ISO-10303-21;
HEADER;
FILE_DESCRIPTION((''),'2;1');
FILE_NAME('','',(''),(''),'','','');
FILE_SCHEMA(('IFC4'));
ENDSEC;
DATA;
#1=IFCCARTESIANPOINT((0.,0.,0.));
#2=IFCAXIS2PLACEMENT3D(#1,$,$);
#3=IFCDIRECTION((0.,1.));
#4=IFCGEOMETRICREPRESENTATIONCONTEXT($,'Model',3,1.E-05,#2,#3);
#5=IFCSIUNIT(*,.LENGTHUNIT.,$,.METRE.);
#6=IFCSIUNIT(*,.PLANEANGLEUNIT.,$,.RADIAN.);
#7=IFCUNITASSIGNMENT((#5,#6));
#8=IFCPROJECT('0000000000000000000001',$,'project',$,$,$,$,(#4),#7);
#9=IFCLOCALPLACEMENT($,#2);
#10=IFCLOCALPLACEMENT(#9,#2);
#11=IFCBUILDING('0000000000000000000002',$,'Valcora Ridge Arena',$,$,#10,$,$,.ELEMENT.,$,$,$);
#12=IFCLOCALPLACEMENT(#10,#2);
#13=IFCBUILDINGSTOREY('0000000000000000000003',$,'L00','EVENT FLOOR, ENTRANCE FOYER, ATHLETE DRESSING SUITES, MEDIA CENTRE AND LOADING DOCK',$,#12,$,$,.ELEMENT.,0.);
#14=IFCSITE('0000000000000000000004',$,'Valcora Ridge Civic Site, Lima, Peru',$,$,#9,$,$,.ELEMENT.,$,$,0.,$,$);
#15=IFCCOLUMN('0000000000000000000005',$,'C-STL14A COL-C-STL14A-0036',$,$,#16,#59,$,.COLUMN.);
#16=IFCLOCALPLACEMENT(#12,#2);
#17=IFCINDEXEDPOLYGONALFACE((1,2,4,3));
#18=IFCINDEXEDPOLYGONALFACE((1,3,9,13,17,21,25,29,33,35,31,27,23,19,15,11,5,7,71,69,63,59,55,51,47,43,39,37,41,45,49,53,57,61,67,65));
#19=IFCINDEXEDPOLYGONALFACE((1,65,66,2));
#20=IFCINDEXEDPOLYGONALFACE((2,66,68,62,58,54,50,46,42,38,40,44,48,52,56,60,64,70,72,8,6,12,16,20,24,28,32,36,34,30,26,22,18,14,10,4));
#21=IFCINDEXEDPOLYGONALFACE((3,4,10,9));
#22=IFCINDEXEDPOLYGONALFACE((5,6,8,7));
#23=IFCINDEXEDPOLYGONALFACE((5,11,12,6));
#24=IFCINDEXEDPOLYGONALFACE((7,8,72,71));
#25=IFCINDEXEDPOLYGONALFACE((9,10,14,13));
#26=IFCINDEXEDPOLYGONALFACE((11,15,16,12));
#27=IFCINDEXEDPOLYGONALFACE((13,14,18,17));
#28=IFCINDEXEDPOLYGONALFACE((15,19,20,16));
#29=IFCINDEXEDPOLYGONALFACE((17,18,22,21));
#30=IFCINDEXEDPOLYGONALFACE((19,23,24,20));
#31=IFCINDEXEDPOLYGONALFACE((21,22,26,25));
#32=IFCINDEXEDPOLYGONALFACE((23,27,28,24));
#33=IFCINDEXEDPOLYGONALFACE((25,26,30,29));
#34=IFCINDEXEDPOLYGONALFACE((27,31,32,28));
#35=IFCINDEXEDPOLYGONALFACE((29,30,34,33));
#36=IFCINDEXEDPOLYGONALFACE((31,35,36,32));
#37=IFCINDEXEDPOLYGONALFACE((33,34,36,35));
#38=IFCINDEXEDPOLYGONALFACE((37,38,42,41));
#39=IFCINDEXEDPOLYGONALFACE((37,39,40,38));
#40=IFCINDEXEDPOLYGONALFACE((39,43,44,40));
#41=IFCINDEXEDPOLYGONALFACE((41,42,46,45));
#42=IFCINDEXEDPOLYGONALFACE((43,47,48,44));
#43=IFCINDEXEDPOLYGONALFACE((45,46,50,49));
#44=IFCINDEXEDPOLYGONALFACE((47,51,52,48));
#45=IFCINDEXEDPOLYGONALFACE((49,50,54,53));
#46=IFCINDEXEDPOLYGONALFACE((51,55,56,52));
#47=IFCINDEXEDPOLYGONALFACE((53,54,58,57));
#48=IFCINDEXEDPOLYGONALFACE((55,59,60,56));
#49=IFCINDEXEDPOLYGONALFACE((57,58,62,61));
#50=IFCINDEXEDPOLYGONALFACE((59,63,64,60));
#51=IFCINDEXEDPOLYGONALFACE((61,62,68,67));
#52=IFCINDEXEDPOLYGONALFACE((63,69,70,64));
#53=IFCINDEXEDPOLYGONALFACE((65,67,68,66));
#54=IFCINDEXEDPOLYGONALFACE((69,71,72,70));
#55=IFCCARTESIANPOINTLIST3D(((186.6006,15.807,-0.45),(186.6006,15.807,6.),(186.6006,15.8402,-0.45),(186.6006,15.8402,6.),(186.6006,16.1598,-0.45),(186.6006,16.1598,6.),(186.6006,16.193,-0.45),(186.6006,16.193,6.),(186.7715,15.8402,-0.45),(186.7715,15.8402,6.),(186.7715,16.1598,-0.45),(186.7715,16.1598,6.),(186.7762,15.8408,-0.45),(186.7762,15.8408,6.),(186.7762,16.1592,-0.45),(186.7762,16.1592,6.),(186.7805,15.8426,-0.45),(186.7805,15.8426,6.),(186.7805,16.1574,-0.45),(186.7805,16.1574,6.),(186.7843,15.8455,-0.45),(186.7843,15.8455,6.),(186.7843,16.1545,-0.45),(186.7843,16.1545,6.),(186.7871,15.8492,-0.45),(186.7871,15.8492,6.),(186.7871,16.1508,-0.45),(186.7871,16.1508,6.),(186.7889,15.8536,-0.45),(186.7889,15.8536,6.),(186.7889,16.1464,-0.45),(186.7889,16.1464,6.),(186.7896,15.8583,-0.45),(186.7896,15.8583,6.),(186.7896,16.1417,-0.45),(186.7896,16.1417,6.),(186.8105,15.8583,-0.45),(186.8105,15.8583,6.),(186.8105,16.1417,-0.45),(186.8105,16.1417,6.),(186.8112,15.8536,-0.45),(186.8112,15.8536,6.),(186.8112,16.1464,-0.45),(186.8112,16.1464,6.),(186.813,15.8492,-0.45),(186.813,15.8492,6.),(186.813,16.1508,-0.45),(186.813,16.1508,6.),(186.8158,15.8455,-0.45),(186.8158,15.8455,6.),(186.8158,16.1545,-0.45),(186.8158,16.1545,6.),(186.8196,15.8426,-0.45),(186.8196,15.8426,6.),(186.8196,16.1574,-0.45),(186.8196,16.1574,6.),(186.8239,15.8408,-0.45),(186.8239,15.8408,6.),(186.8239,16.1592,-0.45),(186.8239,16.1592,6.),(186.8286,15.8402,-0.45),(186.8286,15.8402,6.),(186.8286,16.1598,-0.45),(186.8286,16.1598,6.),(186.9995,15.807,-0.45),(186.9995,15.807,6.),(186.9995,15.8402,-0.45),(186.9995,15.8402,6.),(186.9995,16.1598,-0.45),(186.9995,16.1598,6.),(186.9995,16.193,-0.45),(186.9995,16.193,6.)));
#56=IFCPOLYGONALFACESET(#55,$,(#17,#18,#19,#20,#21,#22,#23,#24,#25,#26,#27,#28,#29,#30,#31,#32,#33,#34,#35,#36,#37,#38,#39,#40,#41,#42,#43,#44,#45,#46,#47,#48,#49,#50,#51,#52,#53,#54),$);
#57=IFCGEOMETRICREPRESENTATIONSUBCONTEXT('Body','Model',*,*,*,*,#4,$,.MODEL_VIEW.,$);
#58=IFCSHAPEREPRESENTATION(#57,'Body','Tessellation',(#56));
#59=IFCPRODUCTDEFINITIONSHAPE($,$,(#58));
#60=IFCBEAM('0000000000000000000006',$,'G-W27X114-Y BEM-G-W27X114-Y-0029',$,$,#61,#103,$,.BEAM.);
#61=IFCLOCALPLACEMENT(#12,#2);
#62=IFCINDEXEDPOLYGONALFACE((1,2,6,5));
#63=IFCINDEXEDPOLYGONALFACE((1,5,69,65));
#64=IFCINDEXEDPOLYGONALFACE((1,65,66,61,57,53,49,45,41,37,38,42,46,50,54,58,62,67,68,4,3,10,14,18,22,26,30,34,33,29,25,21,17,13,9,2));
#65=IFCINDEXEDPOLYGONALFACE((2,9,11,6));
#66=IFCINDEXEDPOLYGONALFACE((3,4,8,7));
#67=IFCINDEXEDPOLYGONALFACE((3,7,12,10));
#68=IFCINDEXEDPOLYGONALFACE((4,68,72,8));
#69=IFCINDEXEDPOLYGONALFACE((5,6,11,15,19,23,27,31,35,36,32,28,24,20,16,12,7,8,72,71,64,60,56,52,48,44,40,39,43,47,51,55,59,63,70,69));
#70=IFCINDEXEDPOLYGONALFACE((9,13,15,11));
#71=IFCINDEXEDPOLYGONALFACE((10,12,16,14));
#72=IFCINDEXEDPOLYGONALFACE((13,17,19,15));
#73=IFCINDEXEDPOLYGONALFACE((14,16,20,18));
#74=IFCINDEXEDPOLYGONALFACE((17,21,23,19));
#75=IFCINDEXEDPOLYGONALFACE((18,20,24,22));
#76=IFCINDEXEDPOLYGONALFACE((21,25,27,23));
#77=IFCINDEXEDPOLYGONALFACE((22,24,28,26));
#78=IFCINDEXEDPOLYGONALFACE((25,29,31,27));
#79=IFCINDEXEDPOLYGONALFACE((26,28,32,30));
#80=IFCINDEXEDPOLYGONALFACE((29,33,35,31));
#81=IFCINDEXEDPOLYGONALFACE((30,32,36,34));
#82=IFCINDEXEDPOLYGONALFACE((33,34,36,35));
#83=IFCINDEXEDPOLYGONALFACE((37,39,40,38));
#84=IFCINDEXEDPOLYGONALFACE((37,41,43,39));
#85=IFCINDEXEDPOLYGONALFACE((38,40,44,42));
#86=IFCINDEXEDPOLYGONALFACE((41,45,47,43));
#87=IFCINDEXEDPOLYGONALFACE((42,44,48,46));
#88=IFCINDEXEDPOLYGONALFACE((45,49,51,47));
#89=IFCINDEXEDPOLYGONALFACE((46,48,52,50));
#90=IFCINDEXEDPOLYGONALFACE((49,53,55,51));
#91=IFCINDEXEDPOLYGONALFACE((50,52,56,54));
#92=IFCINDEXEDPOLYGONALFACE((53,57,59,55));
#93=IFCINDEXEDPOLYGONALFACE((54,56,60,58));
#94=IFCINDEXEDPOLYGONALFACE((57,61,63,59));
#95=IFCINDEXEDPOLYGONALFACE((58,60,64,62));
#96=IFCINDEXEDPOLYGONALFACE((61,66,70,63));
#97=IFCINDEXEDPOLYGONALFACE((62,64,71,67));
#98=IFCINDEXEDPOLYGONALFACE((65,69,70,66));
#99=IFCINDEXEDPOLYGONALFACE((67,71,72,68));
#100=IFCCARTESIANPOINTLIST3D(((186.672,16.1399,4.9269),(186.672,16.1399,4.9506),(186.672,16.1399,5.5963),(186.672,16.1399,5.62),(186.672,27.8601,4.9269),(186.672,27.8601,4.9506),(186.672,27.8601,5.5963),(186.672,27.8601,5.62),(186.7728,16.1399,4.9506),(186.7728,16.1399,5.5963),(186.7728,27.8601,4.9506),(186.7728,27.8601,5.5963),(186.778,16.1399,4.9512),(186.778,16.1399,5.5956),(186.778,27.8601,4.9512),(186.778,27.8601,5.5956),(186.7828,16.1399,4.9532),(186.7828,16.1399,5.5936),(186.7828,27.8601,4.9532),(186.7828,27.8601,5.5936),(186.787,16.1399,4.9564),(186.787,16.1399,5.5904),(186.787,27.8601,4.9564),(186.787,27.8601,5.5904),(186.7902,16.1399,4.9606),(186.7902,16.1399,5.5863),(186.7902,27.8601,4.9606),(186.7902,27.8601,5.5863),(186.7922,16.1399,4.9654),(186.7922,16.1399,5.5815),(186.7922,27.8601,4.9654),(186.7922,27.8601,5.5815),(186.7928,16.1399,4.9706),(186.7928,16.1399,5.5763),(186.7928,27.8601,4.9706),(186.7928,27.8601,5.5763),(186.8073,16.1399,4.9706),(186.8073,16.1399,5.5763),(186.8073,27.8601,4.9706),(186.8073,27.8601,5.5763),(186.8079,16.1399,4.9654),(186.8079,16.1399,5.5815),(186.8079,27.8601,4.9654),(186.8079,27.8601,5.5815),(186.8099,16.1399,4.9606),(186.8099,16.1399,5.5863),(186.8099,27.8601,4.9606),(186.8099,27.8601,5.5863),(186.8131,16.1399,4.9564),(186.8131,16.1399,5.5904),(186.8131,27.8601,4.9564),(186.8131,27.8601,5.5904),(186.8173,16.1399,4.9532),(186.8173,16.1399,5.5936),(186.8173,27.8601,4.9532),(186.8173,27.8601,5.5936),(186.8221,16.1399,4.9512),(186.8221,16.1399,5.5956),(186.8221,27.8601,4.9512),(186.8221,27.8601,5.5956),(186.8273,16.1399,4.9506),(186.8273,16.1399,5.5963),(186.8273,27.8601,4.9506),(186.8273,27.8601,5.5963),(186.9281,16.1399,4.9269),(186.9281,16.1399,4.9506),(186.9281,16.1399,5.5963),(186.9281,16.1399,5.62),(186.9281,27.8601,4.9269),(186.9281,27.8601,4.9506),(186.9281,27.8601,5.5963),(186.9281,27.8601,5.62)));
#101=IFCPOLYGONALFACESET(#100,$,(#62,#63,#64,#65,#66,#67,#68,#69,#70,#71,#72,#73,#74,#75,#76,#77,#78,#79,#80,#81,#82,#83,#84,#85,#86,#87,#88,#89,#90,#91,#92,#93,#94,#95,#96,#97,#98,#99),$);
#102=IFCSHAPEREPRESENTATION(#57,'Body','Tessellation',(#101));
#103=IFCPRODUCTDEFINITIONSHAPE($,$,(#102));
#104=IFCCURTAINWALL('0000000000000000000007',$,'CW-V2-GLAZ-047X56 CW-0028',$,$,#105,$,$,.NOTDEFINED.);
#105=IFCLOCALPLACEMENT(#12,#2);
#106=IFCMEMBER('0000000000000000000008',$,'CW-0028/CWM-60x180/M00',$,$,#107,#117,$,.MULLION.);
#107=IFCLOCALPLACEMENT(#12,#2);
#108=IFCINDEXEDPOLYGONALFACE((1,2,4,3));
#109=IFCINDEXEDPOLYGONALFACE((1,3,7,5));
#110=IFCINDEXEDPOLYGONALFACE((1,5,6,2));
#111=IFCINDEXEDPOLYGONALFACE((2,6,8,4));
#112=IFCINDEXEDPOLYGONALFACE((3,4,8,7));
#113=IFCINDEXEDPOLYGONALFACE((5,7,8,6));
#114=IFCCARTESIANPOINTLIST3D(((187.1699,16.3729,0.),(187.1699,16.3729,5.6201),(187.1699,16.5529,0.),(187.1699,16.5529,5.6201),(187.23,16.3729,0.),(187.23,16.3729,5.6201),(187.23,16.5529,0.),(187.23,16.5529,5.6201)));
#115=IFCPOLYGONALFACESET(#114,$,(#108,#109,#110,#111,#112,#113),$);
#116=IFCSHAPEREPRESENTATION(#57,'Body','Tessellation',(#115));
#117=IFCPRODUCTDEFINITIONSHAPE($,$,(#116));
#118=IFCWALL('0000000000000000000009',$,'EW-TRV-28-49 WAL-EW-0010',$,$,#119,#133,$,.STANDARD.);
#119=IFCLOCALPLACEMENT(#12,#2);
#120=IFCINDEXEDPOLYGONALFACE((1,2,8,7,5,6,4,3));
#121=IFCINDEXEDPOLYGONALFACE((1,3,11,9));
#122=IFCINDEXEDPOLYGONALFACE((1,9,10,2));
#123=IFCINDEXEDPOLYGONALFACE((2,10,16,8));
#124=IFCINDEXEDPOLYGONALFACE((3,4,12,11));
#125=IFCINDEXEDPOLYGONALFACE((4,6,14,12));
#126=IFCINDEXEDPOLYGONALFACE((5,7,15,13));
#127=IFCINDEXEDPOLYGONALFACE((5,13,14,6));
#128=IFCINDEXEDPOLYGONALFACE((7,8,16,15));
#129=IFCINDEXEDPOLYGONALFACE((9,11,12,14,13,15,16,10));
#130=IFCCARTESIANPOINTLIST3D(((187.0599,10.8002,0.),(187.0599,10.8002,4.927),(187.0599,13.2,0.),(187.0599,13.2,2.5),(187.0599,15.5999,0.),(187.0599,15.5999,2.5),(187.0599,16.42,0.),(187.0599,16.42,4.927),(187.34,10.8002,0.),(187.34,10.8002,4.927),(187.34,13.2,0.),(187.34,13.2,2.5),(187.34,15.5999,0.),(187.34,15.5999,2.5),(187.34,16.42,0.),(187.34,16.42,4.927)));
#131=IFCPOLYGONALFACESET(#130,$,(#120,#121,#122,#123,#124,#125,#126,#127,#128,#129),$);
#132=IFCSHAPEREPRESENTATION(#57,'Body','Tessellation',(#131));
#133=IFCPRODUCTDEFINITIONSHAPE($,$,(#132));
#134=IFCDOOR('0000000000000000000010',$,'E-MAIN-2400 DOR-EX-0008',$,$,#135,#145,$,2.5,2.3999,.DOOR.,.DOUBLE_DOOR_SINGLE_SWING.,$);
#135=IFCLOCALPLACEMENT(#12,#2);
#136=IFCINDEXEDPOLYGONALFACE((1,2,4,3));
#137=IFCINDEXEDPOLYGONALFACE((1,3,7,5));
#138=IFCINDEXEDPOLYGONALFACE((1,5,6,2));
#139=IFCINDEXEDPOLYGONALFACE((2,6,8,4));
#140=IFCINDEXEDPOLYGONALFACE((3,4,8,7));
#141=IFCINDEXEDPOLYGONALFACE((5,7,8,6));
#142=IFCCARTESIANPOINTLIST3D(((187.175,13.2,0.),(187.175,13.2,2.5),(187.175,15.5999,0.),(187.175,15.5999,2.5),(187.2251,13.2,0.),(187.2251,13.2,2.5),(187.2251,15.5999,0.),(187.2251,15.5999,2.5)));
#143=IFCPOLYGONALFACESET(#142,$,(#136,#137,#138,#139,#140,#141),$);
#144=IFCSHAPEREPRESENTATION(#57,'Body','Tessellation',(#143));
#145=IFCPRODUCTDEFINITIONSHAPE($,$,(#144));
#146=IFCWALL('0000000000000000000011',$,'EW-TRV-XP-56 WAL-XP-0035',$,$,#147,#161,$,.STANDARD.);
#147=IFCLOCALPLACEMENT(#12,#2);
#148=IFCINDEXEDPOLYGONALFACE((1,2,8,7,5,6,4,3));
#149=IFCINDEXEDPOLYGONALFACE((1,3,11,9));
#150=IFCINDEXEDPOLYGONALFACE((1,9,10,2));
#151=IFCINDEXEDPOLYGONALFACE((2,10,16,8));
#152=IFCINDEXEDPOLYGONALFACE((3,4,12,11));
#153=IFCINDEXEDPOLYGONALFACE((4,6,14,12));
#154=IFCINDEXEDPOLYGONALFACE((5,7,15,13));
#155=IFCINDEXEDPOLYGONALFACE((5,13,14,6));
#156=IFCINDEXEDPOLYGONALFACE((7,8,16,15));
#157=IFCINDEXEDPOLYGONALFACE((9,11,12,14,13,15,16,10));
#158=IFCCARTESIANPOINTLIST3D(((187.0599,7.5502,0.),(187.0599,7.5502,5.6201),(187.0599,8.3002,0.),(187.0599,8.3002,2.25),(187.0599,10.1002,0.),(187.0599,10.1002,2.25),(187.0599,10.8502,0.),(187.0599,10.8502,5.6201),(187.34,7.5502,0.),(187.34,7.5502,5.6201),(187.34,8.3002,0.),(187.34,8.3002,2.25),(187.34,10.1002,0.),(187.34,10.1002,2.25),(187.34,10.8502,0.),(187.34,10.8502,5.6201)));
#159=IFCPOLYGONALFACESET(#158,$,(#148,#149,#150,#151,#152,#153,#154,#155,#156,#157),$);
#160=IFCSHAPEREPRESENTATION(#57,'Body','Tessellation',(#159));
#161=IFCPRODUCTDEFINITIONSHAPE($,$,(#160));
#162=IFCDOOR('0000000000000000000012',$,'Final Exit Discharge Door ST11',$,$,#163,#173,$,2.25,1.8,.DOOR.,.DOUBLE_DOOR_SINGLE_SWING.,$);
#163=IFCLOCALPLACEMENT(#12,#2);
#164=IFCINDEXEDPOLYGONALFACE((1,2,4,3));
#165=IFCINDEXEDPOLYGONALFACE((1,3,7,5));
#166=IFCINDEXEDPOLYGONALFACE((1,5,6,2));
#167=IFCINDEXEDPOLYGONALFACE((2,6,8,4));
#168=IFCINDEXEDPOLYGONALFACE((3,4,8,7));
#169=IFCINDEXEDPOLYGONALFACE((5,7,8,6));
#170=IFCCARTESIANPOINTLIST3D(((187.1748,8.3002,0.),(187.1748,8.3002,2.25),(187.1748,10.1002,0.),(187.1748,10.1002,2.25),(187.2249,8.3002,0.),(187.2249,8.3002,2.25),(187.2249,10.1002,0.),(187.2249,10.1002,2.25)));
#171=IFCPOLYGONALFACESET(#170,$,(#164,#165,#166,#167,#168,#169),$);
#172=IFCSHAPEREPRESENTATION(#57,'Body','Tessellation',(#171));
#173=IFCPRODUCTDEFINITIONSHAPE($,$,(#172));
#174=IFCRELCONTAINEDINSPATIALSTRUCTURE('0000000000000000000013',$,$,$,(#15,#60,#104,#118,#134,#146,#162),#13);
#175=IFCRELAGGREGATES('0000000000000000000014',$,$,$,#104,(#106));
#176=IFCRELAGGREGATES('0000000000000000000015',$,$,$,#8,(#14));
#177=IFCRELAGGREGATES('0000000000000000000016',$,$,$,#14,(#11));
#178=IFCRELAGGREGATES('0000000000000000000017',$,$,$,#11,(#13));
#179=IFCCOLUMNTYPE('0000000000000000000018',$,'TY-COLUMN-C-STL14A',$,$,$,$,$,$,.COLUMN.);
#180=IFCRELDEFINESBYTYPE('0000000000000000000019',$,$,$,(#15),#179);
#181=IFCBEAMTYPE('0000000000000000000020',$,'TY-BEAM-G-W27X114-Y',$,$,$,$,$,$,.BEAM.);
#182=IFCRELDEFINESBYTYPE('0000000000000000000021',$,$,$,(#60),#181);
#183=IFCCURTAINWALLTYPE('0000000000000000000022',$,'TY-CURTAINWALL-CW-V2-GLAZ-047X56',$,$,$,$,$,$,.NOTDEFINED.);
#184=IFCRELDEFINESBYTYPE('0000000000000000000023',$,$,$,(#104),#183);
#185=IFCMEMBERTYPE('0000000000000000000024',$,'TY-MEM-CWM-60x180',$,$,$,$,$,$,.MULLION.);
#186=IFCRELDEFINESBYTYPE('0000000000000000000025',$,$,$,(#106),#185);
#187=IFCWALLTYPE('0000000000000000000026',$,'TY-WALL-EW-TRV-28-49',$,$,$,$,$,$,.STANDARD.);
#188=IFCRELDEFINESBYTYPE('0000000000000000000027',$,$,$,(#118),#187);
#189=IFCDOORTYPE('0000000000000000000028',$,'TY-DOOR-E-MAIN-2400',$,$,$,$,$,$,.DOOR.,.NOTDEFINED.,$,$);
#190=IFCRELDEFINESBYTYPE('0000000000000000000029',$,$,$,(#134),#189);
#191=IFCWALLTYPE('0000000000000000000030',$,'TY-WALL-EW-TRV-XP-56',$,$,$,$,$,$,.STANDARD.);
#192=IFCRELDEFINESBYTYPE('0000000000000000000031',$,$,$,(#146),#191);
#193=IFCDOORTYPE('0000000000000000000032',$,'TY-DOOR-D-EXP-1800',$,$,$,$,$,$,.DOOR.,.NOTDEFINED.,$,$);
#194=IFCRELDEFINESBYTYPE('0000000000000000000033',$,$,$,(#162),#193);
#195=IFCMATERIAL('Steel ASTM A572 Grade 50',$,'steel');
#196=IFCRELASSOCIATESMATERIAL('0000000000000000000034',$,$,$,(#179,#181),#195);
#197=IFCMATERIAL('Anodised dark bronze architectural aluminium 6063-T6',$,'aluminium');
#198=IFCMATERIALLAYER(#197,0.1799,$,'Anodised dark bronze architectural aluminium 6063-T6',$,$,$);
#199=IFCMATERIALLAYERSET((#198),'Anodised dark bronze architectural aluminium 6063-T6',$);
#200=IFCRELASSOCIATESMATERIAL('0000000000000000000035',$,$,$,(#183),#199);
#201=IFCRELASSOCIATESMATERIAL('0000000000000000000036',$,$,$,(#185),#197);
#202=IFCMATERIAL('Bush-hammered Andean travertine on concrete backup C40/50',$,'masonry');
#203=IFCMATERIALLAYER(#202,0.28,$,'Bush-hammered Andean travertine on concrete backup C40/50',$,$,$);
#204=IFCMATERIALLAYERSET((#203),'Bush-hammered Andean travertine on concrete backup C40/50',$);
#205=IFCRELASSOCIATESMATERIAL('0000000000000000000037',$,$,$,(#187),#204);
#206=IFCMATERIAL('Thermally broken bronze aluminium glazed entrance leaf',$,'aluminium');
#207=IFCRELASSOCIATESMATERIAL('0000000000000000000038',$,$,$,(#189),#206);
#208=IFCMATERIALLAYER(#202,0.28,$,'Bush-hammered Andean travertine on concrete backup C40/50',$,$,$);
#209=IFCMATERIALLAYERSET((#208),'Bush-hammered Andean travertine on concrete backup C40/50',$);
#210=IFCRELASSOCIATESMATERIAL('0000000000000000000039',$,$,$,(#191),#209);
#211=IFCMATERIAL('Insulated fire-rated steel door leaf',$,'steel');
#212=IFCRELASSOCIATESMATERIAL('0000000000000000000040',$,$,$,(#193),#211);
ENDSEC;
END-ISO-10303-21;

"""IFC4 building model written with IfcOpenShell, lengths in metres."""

from ifc_helpers import new_model, si_unit, direction, frame, frame_2d, origin, origin_2d, place, context, subcontext, project, spatial, rectangle, i_section, extrude, material, layer, layer_set, material_profile, profile_set, type_object, element, fill, aggregate, save


model = new_model("IFC4")

# Units and contexts
model_context = context("Model", 3, precision=1e-05, world=origin(), true_north=direction((0.0, 1.0)))
body_context = subcontext(model_context, "Body", "Model", "MODEL_VIEW")
ifc_project = project(units=[si_unit("LENGTHUNIT", "METRE"), si_unit("PLANEANGLEUNIT", "RADIAN")], contexts=[model_context])

# Site, building, storey
site_placement = place(None, origin())
site = spatial("IfcSite", under=ifc_project, at=site_placement, Name="Valcora Ridge Civic Site, Lima, Peru", CompositionType="ELEMENT", RefElevation=0.0)
building_placement = place(site_placement, origin())
building = spatial("IfcBuilding", under=site, at=building_placement, Name="Valcora Ridge Arena", CompositionType="ELEMENT")
storey_placement = place(building_placement, origin())
storey = spatial("IfcBuildingStorey", under=building, at=storey_placement, Name="L00", Description="EVENT FLOOR, ENTRANCE FOYER, ATHLETE DRESSING SUITES, MEDIA CENTRE AND LOADING DOCK", CompositionType="ELEMENT", Elevation=0.0)

# Column
ifc_material_1 = material(Name="Steel ASTM A572 Grade 50", Category="steel")
ifc_material_profile_1 = material_profile(ifc_material_1, i_section(OverallWidth=0.3989, OverallDepth=0.386, WebThickness=0.021, FlangeThickness=0.0332, FilletRadius=0.0181, at=origin_2d()), Name="W14X176")
ifc_profile_set_1 = profile_set([ifc_material_profile_1], Name="Steel ASTM A572 Grade 50")
column_type_1 = type_object("IfcColumnType", Name="TY-COLUMN-C-STL14A", PredefinedType="COLUMN", material=ifc_profile_set_1)
column_1_placement = place(storey_placement, frame((186.8, 16.0, -0.45), z_axis=(0.0, 0.0, 1.0), x_axis=(1.0, 0.0, 0.0)))
element("IfcColumn", 1, at=column_1_placement, inside=storey, type_object=column_type_1, Name="C-STL14A COL-C-STL14A-0036", PredefinedType="COLUMN", context=body_context, shape_type="SweptSolid", body=[
    extrude(i_section(OverallWidth=0.3989, OverallDepth=0.386, WebThickness=0.021, FlangeThickness=0.0332, FilletRadius=0.0181, at=origin_2d()), origin(), (0.0, 0.0, 1.0), 6.45),
])

# Beam
ifc_material_profile_2 = material_profile(ifc_material_1, i_section(OverallWidth=0.2561, OverallDepth=0.6931, WebThickness=0.0144, FlangeThickness=0.0237, FilletRadius=0.02, at=origin_2d()), Name="W27X114")
ifc_profile_set_2 = profile_set([ifc_material_profile_2], Name="Steel ASTM A572 Grade 50")
beam_type = type_object("IfcBeamType", Name="TY-BEAM-G-W27X114-Y", PredefinedType="BEAM", material=ifc_profile_set_2)
beam_placement = place(storey_placement, frame((186.8, 16.1399, 5.2734), z_axis=(0.0, 1.0, 0.0), x_axis=(-1.0, 0.0, 0.0)))
element("IfcBeam", 2, at=beam_placement, inside=storey, type_object=beam_type, Name="G-W27X114-Y BEM-G-W27X114-Y-0029", PredefinedType="BEAM", context=body_context, shape_type="SweptSolid", body=[
    extrude(i_section(OverallWidth=0.2561, OverallDepth=0.6931, WebThickness=0.0144, FlangeThickness=0.0237, FilletRadius=0.02, at=origin_2d()), origin(), (0.0, 0.0, 1.0), 11.7202),
])

# Curtain wall, member
ifc_material_2 = material(Name="Anodised dark bronze architectural aluminium 6063-T6", Category="aluminium")
ifc_layer_1 = layer(ifc_material_2, 0.1799, Name="Anodised dark bronze architectural aluminium 6063-T6")
ifc_layer_set_1 = layer_set([ifc_layer_1], Name="Anodised dark bronze architectural aluminium 6063-T6")
curtain_wall_type = type_object("IfcCurtainWallType", Name="TY-CURTAINWALL-CW-V2-GLAZ-047X56", PredefinedType="NOTDEFINED", material=ifc_layer_set_1)
curtain_wall_placement = place(storey_placement, origin())
curtain_wall = element("IfcCurtainWall", 3, at=curtain_wall_placement, inside=storey, type_object=curtain_wall_type, Name="CW-V2-GLAZ-047X56 CW-0028", PredefinedType="NOTDEFINED")
ifc_material_profile_3 = material_profile(ifc_material_2, rectangle(XDim=0.0601, YDim=0.1799, at=origin_2d()), Name="ALU MULLION 60x180")
ifc_profile_set_3 = profile_set([ifc_material_profile_3], Name="Anodised dark bronze architectural aluminium 6063-T6")
member_type = type_object("IfcMemberType", Name="TY-MEM-CWM-60x180", PredefinedType="MULLION", material=ifc_profile_set_3)
member_placement = place(storey_placement, frame((187.2, 16.4629, 0.0), z_axis=(0.0, 0.0, 1.0), x_axis=(-1.0, 0.0, 0.0)))
member = element("IfcMember", 4, at=member_placement, type_object=member_type, Name="CW-0028/CWM-60x180/M00", PredefinedType="MULLION", context=body_context, shape_type="SweptSolid", body=[
    extrude(rectangle(XDim=0.0601, YDim=0.1799, at=origin_2d()), origin(), (0.0, 0.0, 1.0), 5.6201),
])
aggregate(curtain_wall, [member])

# Walls, openings, doors
ifc_material_3 = material(Name="Bush-hammered Andean travertine on concrete backup C40/50", Category="masonry")
ifc_layer_2 = layer(ifc_material_3, 0.28, Name="Bush-hammered Andean travertine on concrete backup C40/50")
ifc_layer_set_2 = layer_set([ifc_layer_2], Name="Bush-hammered Andean travertine on concrete backup C40/50")
wall_type_1 = type_object("IfcWallType", Name="TY-WALL-EW-TRV-28-49", PredefinedType="STANDARD", material=ifc_layer_set_2)
wall_1_placement = place(storey_placement, frame((187.2, 10.8, 0.0), z_axis=(0.0, 0.0, 1.0), x_axis=(0.0, 1.0, 0.0)))
wall_1 = element("IfcWall", 5, at=wall_1_placement, inside=storey, type_object=wall_type_1, Name="EW-TRV-28-49 WAL-EW-0010", PredefinedType="STANDARD", context=body_context, shape_type="SweptSolid", body=[
    extrude(rectangle(XDim=5.6199, YDim=0.28, at=frame_2d((2.8101, 0.0))), origin(), (0.0, 0.0, 1.0), 4.927),
])
opening_1_placement = place(wall_1_placement, frame((2.3999, 0.0, 0.0)))
opening_1 = element("IfcOpeningElement", 6, at=opening_1_placement, cuts=wall_1, PredefinedType="OPENING", context=body_context, shape_type="SweptSolid", body=[
    extrude(rectangle(XDim=2.3999, YDim=2.5, at=frame_2d((1.2, 1.25))), frame((0.0, 0.1499, 0.0), z_axis=(0.0, -1.0, 0.0), x_axis=(1.0, 0.0, 0.0)), (0.0, 0.0, 1.0), 0.3),
])
ifc_material_4 = material(Name="Thermally broken bronze aluminium glazed entrance leaf", Category="aluminium")
door_type_1 = type_object("IfcDoorType", Name="TY-DOOR-E-MAIN-2400", OperationType="NOTDEFINED", PredefinedType="DOOR", material=ifc_material_4)
door_1_placement = place(opening_1_placement, origin())
door_1 = element("IfcDoor", 7, at=door_1_placement, inside=storey, type_object=door_type_1, Name="E-MAIN-2400 DOR-EX-0008", OperationType="DOUBLE_DOOR_SINGLE_SWING", OverallHeight=2.5, OverallWidth=2.3999, PredefinedType="DOOR", context=body_context, shape_type="SweptSolid", body=[
    extrude(rectangle(XDim=2.3999, YDim=2.5, at=frame_2d((1.2, 1.25))), frame((0.0, 0.0249, 0.0), z_axis=(0.0, -1.0, 0.0), x_axis=(1.0, 0.0, 0.0)), (0.0, 0.0, 1.0), 0.05),
])
fill(opening_1, door_1)
ifc_layer_3 = layer(ifc_material_3, 0.28, Name="Bush-hammered Andean travertine on concrete backup C40/50")
ifc_layer_set_3 = layer_set([ifc_layer_3], Name="Bush-hammered Andean travertine on concrete backup C40/50")
wall_type_2 = type_object("IfcWallType", Name="TY-WALL-EW-TRV-XP-56", PredefinedType="STANDARD", material=ifc_layer_set_3)
wall_2_placement = place(storey_placement, frame((187.2, 10.8501, 0.0), z_axis=(0.0, 0.0, 1.0), x_axis=(0.0, -1.0, 0.0)))
wall_2 = element("IfcWall", 8, at=wall_2_placement, inside=storey, type_object=wall_type_2, Name="EW-TRV-XP-56 WAL-XP-0035", PredefinedType="STANDARD", context=body_context, shape_type="SweptSolid", body=[
    extrude(rectangle(XDim=3.3, YDim=0.28, at=frame_2d((1.6499, 0.0))), origin(), (0.0, 0.0, 1.0), 5.6201),
])
opening_2_placement = place(wall_2_placement, frame((0.75, 0.0, 0.0)))
opening_2 = element("IfcOpeningElement", 9, at=opening_2_placement, cuts=wall_2, PredefinedType="OPENING", context=body_context, shape_type="SweptSolid", body=[
    extrude(rectangle(XDim=1.8, YDim=2.25, at=frame_2d((0.8999, 1.125))), frame((0.0, 0.1499, 0.0), z_axis=(0.0, -1.0, 0.0), x_axis=(1.0, 0.0, 0.0)), (0.0, 0.0, 1.0), 0.3),
])
ifc_material_5 = material(Name="Insulated fire-rated steel door leaf", Category="steel")
door_type_2 = type_object("IfcDoorType", Name="TY-DOOR-D-EXP-1800", OperationType="NOTDEFINED", PredefinedType="DOOR", material=ifc_material_5)
door_2_placement = place(opening_2_placement, origin())
door_2 = element("IfcDoor", 10, at=door_2_placement, inside=storey, type_object=door_type_2, Name="Final Exit Discharge Door ST11", OperationType="DOUBLE_DOOR_SINGLE_SWING", OverallHeight=2.25, OverallWidth=1.8, PredefinedType="DOOR", context=body_context, shape_type="SweptSolid", body=[
    extrude(rectangle(XDim=1.8, YDim=2.25, at=frame_2d((0.8999, 1.125))), frame((0.0, 0.0249, 0.0), z_axis=(0.0, -1.0, 0.0), x_axis=(1.0, 0.0, 0.0)), (0.0, 0.0, 1.0), 0.05),
])
fill(opening_2, door_2)

save(model, "model.ifc")
